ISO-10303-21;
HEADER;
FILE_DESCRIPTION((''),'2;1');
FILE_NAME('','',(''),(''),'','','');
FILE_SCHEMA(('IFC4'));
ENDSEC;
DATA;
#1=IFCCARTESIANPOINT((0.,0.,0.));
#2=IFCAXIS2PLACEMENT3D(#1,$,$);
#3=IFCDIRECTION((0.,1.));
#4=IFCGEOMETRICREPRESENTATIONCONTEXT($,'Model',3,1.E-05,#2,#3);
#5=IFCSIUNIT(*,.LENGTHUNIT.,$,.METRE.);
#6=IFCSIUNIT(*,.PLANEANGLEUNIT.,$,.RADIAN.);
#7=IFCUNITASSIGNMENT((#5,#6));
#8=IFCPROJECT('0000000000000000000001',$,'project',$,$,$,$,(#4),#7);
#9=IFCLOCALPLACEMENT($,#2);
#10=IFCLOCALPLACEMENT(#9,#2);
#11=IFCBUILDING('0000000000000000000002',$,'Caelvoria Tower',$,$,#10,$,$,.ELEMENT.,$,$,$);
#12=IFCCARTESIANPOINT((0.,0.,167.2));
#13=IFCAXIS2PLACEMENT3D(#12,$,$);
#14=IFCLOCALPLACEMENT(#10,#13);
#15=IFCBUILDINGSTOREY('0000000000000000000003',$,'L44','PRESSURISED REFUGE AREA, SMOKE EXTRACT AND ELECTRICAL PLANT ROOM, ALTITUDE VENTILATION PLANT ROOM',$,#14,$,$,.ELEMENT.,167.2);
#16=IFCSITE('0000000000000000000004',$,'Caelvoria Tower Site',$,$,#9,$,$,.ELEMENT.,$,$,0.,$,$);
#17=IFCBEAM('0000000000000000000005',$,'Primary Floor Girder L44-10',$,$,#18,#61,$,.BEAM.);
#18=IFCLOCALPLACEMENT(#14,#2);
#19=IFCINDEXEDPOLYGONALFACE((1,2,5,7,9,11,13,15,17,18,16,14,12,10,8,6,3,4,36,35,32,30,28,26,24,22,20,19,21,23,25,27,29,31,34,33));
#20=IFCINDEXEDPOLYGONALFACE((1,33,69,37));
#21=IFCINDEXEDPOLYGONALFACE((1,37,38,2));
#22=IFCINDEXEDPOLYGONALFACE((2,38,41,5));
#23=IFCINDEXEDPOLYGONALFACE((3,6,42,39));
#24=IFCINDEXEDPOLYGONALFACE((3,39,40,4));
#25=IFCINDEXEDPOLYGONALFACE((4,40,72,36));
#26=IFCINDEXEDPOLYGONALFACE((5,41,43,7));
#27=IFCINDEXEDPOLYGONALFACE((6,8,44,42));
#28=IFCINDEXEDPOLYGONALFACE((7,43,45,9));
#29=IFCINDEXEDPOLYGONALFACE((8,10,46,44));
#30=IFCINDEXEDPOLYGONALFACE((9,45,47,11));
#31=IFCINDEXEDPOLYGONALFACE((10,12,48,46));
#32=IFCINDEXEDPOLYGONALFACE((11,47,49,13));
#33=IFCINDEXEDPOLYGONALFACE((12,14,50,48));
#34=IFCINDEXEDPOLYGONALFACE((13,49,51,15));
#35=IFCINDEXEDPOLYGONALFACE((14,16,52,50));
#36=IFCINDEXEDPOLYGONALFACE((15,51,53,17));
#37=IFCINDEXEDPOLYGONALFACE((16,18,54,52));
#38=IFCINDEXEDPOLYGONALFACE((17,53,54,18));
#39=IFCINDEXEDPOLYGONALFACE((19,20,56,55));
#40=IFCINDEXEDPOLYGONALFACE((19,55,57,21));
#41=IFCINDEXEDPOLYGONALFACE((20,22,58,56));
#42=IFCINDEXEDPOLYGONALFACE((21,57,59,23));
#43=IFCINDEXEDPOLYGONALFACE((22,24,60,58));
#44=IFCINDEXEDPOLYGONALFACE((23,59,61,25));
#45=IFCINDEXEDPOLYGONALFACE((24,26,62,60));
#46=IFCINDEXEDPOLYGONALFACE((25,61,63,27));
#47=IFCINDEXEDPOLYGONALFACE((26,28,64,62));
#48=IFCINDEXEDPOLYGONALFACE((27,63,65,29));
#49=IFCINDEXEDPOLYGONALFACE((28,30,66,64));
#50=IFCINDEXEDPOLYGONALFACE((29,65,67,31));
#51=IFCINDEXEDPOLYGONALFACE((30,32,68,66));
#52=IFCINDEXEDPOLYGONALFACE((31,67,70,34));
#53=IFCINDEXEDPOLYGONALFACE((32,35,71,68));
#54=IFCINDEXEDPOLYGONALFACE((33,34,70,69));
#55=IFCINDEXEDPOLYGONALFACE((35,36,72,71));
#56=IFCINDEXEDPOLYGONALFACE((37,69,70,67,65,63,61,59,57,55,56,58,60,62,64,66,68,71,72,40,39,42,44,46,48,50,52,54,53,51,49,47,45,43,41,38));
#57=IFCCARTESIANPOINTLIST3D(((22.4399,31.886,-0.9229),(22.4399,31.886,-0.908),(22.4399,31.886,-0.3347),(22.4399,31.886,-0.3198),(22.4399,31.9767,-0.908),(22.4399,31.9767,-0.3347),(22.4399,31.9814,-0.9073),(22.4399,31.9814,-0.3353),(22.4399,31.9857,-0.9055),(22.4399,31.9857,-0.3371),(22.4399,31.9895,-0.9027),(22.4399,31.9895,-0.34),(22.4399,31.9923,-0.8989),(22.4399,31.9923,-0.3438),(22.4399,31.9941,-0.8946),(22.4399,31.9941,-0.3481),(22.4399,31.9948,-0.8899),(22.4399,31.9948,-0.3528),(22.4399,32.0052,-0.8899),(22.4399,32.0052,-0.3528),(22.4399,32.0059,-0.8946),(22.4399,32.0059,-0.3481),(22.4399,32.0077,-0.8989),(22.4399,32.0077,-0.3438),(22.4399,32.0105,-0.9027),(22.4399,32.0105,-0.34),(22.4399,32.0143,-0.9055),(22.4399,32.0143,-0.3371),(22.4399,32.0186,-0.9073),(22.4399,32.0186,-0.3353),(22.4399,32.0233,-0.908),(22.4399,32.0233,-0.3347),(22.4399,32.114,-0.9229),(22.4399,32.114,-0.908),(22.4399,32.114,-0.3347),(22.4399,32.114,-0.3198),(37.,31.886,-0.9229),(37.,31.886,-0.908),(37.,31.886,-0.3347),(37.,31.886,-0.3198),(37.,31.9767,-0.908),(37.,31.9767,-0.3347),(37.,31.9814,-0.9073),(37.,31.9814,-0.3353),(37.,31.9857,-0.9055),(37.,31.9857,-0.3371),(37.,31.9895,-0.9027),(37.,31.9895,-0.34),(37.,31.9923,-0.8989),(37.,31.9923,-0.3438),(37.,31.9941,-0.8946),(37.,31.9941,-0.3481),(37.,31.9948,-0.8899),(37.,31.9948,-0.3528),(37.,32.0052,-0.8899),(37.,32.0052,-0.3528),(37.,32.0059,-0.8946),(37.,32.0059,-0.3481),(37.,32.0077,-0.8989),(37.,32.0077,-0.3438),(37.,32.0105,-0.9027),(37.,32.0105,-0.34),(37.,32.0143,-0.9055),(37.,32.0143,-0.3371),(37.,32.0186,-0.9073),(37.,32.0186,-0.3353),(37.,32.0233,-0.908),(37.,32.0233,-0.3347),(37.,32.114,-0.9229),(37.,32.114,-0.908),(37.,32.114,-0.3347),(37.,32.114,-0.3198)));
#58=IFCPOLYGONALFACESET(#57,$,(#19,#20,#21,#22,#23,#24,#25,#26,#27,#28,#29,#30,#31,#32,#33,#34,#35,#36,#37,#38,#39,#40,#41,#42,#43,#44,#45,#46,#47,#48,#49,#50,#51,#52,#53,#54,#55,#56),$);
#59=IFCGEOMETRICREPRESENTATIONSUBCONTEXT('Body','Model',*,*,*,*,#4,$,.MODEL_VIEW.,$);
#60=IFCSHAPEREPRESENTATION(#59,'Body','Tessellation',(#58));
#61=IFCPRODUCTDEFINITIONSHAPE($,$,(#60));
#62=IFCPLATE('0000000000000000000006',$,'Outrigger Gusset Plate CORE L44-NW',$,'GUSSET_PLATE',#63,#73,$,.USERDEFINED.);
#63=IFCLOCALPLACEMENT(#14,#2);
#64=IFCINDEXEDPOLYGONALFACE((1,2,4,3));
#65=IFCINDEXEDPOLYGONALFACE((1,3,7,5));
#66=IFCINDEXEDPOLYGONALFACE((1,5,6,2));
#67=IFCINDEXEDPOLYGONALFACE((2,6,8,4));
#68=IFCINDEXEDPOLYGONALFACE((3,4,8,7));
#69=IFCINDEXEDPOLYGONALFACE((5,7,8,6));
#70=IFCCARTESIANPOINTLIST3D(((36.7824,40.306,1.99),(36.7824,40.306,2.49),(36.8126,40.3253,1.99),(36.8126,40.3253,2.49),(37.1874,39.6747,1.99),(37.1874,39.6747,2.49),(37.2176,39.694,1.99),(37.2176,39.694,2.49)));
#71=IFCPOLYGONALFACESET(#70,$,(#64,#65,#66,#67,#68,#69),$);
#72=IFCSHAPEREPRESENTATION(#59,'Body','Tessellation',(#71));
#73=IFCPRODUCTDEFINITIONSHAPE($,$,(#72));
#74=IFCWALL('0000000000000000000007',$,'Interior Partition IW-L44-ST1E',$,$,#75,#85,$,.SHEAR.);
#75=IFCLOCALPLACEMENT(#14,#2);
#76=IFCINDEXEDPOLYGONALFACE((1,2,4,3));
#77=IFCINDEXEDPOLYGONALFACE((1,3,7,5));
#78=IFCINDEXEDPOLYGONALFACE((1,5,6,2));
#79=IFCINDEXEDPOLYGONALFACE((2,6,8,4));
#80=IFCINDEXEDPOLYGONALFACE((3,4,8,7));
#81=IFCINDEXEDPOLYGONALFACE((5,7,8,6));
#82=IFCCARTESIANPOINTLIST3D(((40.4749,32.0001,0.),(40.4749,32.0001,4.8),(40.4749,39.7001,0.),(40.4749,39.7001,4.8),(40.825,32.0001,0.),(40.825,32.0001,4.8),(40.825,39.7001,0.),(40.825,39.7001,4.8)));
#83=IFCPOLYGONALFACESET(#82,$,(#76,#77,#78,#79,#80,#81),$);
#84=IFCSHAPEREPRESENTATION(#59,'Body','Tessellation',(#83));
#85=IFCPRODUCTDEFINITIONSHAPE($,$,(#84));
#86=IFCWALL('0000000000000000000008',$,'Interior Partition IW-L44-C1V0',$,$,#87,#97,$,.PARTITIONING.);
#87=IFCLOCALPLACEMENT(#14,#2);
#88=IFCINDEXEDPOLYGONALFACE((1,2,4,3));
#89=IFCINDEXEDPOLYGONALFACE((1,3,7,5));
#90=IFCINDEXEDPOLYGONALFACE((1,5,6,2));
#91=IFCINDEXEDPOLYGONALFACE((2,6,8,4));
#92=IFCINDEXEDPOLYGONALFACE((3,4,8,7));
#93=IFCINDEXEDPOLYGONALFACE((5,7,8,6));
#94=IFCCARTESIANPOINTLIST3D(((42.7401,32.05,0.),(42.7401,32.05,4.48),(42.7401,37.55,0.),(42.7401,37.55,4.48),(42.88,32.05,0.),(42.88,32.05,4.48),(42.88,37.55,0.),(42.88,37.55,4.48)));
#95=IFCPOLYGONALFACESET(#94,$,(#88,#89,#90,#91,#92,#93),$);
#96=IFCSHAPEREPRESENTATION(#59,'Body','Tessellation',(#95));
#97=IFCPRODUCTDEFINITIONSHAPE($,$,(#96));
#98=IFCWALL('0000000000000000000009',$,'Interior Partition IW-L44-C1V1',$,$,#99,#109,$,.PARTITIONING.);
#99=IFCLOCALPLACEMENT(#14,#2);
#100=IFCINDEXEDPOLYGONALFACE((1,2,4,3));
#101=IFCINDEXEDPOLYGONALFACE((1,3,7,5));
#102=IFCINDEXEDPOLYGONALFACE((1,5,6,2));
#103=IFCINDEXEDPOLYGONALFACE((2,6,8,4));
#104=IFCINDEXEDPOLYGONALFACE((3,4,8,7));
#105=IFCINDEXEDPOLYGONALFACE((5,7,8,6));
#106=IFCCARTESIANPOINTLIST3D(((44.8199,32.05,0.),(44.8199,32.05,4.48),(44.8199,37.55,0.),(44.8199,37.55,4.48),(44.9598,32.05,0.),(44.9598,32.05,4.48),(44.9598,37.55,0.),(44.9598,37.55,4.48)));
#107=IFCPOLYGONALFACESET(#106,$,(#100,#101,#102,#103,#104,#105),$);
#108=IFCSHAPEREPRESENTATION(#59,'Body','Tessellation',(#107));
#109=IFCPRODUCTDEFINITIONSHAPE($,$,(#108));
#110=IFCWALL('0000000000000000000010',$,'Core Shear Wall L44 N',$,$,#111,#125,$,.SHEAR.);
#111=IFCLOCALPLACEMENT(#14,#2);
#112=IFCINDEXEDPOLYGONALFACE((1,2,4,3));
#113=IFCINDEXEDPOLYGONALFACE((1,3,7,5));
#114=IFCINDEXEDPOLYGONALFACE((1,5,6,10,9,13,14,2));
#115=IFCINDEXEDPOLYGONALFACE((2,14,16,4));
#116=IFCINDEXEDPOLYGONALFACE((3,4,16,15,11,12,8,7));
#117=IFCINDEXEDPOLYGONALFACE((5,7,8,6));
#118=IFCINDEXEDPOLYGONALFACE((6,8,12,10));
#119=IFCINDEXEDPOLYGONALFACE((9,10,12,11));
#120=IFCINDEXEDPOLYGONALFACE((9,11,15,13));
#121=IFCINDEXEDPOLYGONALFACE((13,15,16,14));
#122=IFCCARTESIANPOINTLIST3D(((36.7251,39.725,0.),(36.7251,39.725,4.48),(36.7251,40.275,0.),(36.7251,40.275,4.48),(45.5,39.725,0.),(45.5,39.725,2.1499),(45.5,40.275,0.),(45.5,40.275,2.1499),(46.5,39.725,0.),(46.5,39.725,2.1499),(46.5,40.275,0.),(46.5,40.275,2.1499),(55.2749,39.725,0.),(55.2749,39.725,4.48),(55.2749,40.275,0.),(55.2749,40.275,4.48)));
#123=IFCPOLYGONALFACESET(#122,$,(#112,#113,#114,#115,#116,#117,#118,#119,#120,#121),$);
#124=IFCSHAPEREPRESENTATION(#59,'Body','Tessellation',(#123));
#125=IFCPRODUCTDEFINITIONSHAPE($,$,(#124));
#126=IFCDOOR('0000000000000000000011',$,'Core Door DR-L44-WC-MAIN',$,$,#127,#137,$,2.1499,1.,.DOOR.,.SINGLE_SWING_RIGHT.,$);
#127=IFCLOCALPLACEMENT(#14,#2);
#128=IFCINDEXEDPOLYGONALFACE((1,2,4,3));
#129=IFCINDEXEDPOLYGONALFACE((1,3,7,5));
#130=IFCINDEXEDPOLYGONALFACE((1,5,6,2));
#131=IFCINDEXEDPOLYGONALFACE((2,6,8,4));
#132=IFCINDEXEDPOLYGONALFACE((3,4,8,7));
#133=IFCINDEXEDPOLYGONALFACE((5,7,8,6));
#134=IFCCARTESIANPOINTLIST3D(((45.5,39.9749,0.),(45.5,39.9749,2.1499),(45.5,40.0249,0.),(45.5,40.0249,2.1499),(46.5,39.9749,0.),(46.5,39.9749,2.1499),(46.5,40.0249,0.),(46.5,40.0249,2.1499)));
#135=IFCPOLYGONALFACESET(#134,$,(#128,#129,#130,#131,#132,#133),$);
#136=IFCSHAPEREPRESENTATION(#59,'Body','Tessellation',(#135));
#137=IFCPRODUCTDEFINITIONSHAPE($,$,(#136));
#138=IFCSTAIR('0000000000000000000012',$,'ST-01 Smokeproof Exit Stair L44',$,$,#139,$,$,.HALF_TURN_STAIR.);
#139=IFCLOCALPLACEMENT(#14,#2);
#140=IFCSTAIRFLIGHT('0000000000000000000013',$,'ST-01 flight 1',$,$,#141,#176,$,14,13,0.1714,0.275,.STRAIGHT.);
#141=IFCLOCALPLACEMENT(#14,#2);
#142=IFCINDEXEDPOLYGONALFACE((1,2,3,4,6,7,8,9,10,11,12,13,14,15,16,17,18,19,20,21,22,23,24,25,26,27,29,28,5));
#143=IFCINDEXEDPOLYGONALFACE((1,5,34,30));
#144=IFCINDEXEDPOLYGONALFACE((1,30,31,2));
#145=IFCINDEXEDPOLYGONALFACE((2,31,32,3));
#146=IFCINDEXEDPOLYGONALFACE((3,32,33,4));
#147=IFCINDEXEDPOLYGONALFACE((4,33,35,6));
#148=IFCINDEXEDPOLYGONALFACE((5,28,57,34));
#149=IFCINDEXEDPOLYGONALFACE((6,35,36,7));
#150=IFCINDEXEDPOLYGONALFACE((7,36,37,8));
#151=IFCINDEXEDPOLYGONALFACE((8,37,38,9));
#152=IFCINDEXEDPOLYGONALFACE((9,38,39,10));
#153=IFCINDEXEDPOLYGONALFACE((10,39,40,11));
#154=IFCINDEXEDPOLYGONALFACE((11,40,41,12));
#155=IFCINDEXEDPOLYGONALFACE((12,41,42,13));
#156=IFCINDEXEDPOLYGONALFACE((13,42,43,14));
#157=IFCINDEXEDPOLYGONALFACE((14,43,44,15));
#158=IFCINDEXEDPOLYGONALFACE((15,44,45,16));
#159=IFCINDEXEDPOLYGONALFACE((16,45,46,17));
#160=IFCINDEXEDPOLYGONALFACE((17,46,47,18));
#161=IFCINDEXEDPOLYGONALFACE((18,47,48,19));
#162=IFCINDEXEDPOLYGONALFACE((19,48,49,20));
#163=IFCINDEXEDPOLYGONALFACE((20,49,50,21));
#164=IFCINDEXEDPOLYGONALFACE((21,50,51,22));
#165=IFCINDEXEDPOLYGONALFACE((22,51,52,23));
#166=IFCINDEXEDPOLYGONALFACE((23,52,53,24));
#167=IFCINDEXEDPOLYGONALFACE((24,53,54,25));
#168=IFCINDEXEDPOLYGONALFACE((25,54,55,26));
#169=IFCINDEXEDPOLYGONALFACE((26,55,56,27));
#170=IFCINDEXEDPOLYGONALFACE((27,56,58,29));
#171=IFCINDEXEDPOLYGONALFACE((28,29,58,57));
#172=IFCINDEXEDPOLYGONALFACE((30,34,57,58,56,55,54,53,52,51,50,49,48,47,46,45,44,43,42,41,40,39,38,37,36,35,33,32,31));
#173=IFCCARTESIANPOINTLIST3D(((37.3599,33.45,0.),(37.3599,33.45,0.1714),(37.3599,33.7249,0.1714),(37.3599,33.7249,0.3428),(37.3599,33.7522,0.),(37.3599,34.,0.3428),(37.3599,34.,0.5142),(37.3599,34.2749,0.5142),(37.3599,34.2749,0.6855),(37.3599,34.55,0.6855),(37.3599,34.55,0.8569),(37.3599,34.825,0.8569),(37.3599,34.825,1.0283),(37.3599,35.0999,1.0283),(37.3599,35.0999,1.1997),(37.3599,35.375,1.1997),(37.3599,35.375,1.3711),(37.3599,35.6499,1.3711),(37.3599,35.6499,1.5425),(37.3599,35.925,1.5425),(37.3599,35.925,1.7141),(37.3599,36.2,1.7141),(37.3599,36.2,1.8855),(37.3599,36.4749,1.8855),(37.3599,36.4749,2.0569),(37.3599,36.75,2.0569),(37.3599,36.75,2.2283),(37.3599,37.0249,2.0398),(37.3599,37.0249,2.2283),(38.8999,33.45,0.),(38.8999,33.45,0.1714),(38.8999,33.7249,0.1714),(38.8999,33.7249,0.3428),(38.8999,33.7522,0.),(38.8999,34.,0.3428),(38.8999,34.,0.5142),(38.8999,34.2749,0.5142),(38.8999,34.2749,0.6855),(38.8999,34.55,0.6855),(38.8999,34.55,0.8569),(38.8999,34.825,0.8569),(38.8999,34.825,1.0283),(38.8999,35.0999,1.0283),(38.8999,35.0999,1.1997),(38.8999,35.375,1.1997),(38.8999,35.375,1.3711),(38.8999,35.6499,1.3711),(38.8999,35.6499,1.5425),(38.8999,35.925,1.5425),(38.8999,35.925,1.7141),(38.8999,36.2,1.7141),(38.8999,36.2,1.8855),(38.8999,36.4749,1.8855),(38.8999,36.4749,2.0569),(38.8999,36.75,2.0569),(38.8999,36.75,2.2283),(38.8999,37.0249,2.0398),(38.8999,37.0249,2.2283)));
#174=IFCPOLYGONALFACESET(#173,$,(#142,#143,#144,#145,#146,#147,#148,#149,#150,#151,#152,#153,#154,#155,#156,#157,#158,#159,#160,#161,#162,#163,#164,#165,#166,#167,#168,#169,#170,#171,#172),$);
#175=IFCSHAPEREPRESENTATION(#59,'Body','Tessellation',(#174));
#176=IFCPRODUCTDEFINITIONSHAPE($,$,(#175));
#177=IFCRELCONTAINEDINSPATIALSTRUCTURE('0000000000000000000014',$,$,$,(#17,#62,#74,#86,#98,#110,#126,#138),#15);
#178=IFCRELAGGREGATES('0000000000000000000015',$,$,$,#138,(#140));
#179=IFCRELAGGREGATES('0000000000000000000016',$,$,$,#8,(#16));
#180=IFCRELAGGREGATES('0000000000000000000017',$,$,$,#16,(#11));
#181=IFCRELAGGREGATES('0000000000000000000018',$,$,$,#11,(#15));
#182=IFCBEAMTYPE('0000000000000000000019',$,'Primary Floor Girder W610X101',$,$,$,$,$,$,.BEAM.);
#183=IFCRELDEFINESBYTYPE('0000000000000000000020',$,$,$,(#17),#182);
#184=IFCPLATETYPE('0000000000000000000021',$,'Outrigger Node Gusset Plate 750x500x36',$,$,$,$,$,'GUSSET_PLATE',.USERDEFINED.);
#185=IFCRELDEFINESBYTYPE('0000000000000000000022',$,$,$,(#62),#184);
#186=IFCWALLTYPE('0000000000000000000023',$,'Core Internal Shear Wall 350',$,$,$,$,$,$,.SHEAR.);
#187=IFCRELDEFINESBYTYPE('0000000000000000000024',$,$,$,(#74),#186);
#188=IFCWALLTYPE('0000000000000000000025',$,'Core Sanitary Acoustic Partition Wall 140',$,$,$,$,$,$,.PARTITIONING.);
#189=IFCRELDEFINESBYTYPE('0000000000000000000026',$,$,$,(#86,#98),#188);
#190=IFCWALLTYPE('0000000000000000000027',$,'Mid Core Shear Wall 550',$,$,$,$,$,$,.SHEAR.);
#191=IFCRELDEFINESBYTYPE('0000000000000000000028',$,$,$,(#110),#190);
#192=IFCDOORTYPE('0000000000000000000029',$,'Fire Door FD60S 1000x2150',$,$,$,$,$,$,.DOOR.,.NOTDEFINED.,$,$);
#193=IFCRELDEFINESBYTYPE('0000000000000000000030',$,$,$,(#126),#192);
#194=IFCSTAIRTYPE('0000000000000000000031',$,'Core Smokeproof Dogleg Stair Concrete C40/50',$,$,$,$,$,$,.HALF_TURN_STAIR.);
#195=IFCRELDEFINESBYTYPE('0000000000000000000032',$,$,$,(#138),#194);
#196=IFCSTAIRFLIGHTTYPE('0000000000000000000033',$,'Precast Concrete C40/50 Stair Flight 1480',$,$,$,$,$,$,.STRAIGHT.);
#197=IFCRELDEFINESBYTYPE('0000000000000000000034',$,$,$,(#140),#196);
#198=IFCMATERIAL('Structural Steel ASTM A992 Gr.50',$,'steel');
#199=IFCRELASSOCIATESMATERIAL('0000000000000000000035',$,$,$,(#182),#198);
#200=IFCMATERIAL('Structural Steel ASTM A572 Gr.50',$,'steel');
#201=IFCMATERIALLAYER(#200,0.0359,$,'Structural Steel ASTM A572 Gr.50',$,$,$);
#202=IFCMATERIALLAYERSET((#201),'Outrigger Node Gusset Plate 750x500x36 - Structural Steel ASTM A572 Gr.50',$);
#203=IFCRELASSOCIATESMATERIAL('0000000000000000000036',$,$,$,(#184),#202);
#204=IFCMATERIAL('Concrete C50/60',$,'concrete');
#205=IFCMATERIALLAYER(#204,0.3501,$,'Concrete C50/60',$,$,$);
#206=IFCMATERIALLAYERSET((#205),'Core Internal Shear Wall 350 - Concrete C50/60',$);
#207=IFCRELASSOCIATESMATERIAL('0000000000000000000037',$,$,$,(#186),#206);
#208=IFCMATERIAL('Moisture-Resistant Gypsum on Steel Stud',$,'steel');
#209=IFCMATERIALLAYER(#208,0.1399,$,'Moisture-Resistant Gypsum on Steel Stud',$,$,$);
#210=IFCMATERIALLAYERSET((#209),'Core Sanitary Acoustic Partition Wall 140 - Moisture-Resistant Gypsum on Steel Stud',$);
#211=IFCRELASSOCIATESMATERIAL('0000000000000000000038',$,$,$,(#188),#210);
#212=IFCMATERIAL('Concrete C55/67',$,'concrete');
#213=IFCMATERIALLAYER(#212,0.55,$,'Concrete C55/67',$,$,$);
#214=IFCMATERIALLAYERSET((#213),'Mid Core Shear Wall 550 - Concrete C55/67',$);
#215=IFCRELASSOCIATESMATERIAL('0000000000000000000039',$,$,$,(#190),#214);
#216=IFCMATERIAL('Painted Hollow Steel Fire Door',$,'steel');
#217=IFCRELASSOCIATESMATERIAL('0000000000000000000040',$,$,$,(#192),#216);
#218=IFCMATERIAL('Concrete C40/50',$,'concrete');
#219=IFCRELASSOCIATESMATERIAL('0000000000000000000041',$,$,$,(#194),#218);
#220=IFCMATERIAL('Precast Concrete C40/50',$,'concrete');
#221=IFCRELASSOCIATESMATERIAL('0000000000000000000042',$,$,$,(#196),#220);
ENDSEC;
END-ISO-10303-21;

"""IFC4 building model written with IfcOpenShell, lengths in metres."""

from ifc_helpers import new_model, si_unit, direction, frame, frame_2d, origin, origin_2d, place, context, subcontext, project, spatial, polyline, rectangle, i_section, outline, extrude, material, layer, layer_set, material_profile, profile_set, type_object, element, fill, aggregate, save


model = new_model("IFC4")

# Units and contexts
model_context = context("Model", 3, precision=1e-05, world=origin(), true_north=direction((0.0, 1.0)))
body_context = subcontext(model_context, "Body", "Model", "MODEL_VIEW")
ifc_project = project(units=[si_unit("LENGTHUNIT", "METRE"), si_unit("PLANEANGLEUNIT", "RADIAN")], contexts=[model_context])

# Site, building, storey
site_placement = place(None, origin())
site = spatial("IfcSite", under=ifc_project, at=site_placement, Name="Caelvoria Tower Site", CompositionType="ELEMENT", RefElevation=0.0)
building_placement = place(site_placement, origin())
building = spatial("IfcBuilding", under=site, at=building_placement, Name="Caelvoria Tower", CompositionType="ELEMENT")
storey_placement = place(building_placement, frame((0.0, 0.0, 167.2)))
storey = spatial("IfcBuildingStorey", under=building, at=storey_placement, Name="L44", Description="PRESSURISED REFUGE AREA, SMOKE EXTRACT AND ELECTRICAL PLANT ROOM, ALTITUDE VENTILATION PLANT ROOM", CompositionType="ELEMENT", Elevation=167.2)

# Shared definitions
ifc_material_1 = material(Name="Structural Steel ASTM A992 Gr.50", Category="steel")

# Shared definitions
ifc_material_2 = material(Name="Structural Steel ASTM A572 Gr.50", Category="steel")

# Beam
ifc_material_profile_1 = material_profile(ifc_material_1, i_section(OverallWidth=0.228, OverallDepth=0.603, WebThickness=0.0105, FlangeThickness=0.0149, FilletRadius=0.0181, at=origin_2d()), Name="Structural Steel ASTM A992 Gr.50")
ifc_profile_set_1 = profile_set([ifc_material_profile_1], Name="W610X101 - Structural Steel ASTM A992 Gr.50")
beam_type_1 = type_object("IfcBeamType", Name="Primary Floor Girder W610X101", PredefinedType="BEAM", material=ifc_profile_set_1)
beam_1_placement = place(storey_placement, frame((37.0, 32.0, -0.6213), z_axis=(-1.0, 0.0, 0.0), x_axis=(0.0, -1.0, 0.0)))
element("IfcBeam", 1, at=beam_1_placement, inside=storey, type_object=beam_type_1, Name="Primary Floor Girder L44-10", PredefinedType="BEAM", context=body_context, shape_type="SweptSolid", body=[
    extrude(i_section(OverallWidth=0.228, OverallDepth=0.603, WebThickness=0.0105, FlangeThickness=0.0149, FilletRadius=0.0181, at=origin_2d()), origin(), (0.0, 0.0, 1.0), 14.5601),
])

# Plate
ifc_layer_1 = layer(ifc_material_2, 0.0359, Name="Structural Steel ASTM A572 Gr.50")
ifc_layer_set_1 = layer_set([ifc_layer_1], Name="Outrigger Node Gusset Plate 750x500x36 - Structural Steel ASTM A572 Gr.50")
plate_type = type_object("IfcPlateType", Name="Outrigger Node Gusset Plate 750x500x36", ElementType="GUSSET_PLATE", PredefinedType="USERDEFINED", material=ifc_layer_set_1)
plate_placement = place(storey_placement, frame((37.0, 40.0, 1.99), z_axis=(0.0, 0.0, 1.0), x_axis=(-0.539904, 0.841727, 0.0)))
element("IfcPlate", 2, at=plate_placement, inside=storey, type_object=plate_type, Name="Outrigger Gusset Plate CORE L44-NW", ObjectType="GUSSET_PLATE", PredefinedType="USERDEFINED", context=body_context, shape_type="SweptSolid", body=[
    extrude(rectangle(XDim=0.75, YDim=0.0359, at=origin_2d()), origin(), (0.0, 0.0, 1.0), 0.5),
])

# Walls
ifc_material_3 = material(Name="Concrete C50/60", Category="concrete")
ifc_layer_2 = layer(ifc_material_3, 0.3501, Name="Concrete C50/60")
ifc_layer_set_2 = layer_set([ifc_layer_2], Name="Core Internal Shear Wall 350 - Concrete C50/60")
wall_type_1 = type_object("IfcWallType", Name="Core Internal Shear Wall 350", PredefinedType="SHEAR", material=ifc_layer_set_2)
wall_1_placement = place(storey_placement, frame((40.6499, 32.0, 0.0), z_axis=(0.0, 0.0, 1.0), x_axis=(0.0, 1.0, 0.0)))
element("IfcWall", 3, at=wall_1_placement, inside=storey, type_object=wall_type_1, Name="Interior Partition IW-L44-ST1E", PredefinedType="SHEAR", context=body_context, shape_type="SweptSolid", body=[
    extrude(rectangle(XDim=7.7, YDim=0.3501, at=frame_2d((3.8501, 0.0))), origin(), (0.0, 0.0, 1.0), 4.8),
])
ifc_material_4 = material(Name="Moisture-Resistant Gypsum on Steel Stud", Category="steel")
ifc_layer_3 = layer(ifc_material_4, 0.1399, Name="Moisture-Resistant Gypsum on Steel Stud")
ifc_layer_set_3 = layer_set([ifc_layer_3], Name="Core Sanitary Acoustic Partition Wall 140 - Moisture-Resistant Gypsum on Steel Stud")
wall_type_2 = type_object("IfcWallType", Name="Core Sanitary Acoustic Partition Wall 140", PredefinedType="PARTITIONING", material=ifc_layer_set_3)
for number, where, z_axis, x_axis, name in (
    (4, (42.8101, 32.05, 0.0), (0.0, 0.0, 1.0), (0.0, 1.0, 0.0), "Interior Partition IW-L44-C1V0"),
    (5, (44.8899, 32.05, 0.0), (0.0, 0.0, 1.0), (0.0, 1.0, 0.0), "Interior Partition IW-L44-C1V1"),
):
    element("IfcWall", number, at=place(storey_placement, frame(where, z_axis=z_axis, x_axis=x_axis)), inside=storey, type_object=wall_type_2, Name=name, PredefinedType="PARTITIONING", context=body_context, shape_type="SweptSolid", body=[
        extrude(rectangle(XDim=5.5, YDim=0.1399, at=frame_2d((2.75, 0.0))), origin(), (0.0, 0.0, 1.0), 4.48),
    ])

# Wall, opening, door
ifc_material_5 = material(Name="Concrete C55/67", Category="concrete")
ifc_layer_4 = layer(ifc_material_5, 0.55, Name="Concrete C55/67")
ifc_layer_set_4 = layer_set([ifc_layer_4], Name="Mid Core Shear Wall 550 - Concrete C55/67")
wall_type_3 = type_object("IfcWallType", Name="Mid Core Shear Wall 550", PredefinedType="SHEAR", material=ifc_layer_set_4)
wall_2_placement = place(storey_placement, frame((36.7251, 40.0, 0.0), z_axis=(0.0, 0.0, 1.0), x_axis=(1.0, 0.0, 0.0)))
wall_2 = element("IfcWall", 6, at=wall_2_placement, inside=storey, type_object=wall_type_3, Name="Core Shear Wall L44 N", PredefinedType="SHEAR", context=body_context, shape_type="SweptSolid", body=[
    extrude(rectangle(XDim=18.5498, YDim=0.55, at=frame_2d((9.2749, 0.0))), origin(), (0.0, 0.0, 1.0), 4.48),
])
opening_1_placement = place(wall_2_placement, frame((8.7749, 0.0, 0.0)))
opening_1 = element("IfcOpeningElement", 7, at=opening_1_placement, cuts=wall_2, PredefinedType="OPENING", context=body_context, shape_type="SweptSolid", body=[
    extrude(rectangle(XDim=1.0, YDim=2.1499, at=frame_2d((0.5, 1.075))), frame((0.0, 0.2849, 0.0), z_axis=(0.0, -1.0, 0.0), x_axis=(1.0, 0.0, 0.0)), (0.0, 0.0, 1.0), 0.5701),
])
ifc_material_6 = material(Name="Painted Hollow Steel Fire Door", Category="steel")
door_type_1 = type_object("IfcDoorType", Name="Fire Door FD60S 1000x2150", OperationType="NOTDEFINED", PredefinedType="DOOR", material=ifc_material_6)
door_1_placement = place(opening_1_placement, origin())
door_1 = element("IfcDoor", 8, at=door_1_placement, inside=storey, type_object=door_type_1, Name="Core Door DR-L44-WC-MAIN", OperationType="SINGLE_SWING_RIGHT", OverallHeight=2.1499, OverallWidth=1.0, PredefinedType="DOOR", context=body_context, shape_type="SweptSolid", body=[
    extrude(rectangle(XDim=1.0, YDim=2.1499, at=frame_2d((0.5, 1.075))), frame((0.0, 0.0249, 0.0), z_axis=(0.0, -1.0, 0.0), x_axis=(1.0, 0.0, 0.0)), (0.0, 0.0, 1.0), 0.05),
])
fill(opening_1, door_1)

# Stair, stair flight
ifc_material_7 = material(Name="Concrete C40/50", Category="concrete")
stair_type = type_object("IfcStairType", Name="Core Smokeproof Dogleg Stair Concrete C40/50", PredefinedType="HALF_TURN_STAIR", material=ifc_material_7)
stair_placement = place(storey_placement, origin())
stair = element("IfcStair", 9, at=stair_placement, inside=storey, type_object=stair_type, Name="ST-01 Smokeproof Exit Stair L44", PredefinedType="HALF_TURN_STAIR")
ifc_material_8 = material(Name="Precast Concrete C40/50", Category="concrete")
stair_flight_type = type_object("IfcStairFlightType", Name="Precast Concrete C40/50 Stair Flight 1480", PredefinedType="STRAIGHT", material=ifc_material_8)
stair_flight_1_placement = place(storey_placement, frame((38.1299, 33.45, 0.0), z_axis=(0.0, 0.0, 1.0), x_axis=(0.0, 1.0, 0.0)))
stair_flight_1 = element("IfcStairFlight", 10, at=stair_flight_1_placement, type_object=stair_flight_type, Name="ST-01 flight 1", NumberOfRisers=14, NumberOfTreads=13, PredefinedType="STRAIGHT", RiserHeight=0.1714, TreadLength=0.275, context=body_context, shape_type="SweptSolid", body=[
    extrude(outline(polyline([(0.0, 0.0), (0.0, 0.1714), (0.2749, 0.1714), (0.2749, 0.3428), (0.55, 0.3428), (0.55, 0.5142), (0.825, 0.5142), (0.825, 0.6855), (1.1001, 0.6855), (1.1001, 0.8569), (1.375, 0.8569), (1.375, 1.0283), (1.6499, 1.0283), (1.6499, 1.1997), (1.925, 1.1997), (1.925, 1.3711), (2.2, 1.3711), (2.2, 1.5425), (2.4751, 1.5425), (2.4751, 1.7141), (2.75, 1.7141), (2.75, 1.8855), (3.0249, 1.8855), (3.0249, 2.0569), (3.3, 2.0569), (3.3, 2.2283), (3.575, 2.2283), (3.575, 2.3997), (3.575, 2.0398), (0.3022, 0.0), (0.0, 0.0)])), frame((0.0, 0.77, 0.0), z_axis=(0.0, -1.0, 0.0), x_axis=(1.0, 0.0, 0.0)), (0.0, 0.0, 1.0), 1.54),
])
aggregate(stair, [stair_flight_1])

save(model, "model.ifc")
